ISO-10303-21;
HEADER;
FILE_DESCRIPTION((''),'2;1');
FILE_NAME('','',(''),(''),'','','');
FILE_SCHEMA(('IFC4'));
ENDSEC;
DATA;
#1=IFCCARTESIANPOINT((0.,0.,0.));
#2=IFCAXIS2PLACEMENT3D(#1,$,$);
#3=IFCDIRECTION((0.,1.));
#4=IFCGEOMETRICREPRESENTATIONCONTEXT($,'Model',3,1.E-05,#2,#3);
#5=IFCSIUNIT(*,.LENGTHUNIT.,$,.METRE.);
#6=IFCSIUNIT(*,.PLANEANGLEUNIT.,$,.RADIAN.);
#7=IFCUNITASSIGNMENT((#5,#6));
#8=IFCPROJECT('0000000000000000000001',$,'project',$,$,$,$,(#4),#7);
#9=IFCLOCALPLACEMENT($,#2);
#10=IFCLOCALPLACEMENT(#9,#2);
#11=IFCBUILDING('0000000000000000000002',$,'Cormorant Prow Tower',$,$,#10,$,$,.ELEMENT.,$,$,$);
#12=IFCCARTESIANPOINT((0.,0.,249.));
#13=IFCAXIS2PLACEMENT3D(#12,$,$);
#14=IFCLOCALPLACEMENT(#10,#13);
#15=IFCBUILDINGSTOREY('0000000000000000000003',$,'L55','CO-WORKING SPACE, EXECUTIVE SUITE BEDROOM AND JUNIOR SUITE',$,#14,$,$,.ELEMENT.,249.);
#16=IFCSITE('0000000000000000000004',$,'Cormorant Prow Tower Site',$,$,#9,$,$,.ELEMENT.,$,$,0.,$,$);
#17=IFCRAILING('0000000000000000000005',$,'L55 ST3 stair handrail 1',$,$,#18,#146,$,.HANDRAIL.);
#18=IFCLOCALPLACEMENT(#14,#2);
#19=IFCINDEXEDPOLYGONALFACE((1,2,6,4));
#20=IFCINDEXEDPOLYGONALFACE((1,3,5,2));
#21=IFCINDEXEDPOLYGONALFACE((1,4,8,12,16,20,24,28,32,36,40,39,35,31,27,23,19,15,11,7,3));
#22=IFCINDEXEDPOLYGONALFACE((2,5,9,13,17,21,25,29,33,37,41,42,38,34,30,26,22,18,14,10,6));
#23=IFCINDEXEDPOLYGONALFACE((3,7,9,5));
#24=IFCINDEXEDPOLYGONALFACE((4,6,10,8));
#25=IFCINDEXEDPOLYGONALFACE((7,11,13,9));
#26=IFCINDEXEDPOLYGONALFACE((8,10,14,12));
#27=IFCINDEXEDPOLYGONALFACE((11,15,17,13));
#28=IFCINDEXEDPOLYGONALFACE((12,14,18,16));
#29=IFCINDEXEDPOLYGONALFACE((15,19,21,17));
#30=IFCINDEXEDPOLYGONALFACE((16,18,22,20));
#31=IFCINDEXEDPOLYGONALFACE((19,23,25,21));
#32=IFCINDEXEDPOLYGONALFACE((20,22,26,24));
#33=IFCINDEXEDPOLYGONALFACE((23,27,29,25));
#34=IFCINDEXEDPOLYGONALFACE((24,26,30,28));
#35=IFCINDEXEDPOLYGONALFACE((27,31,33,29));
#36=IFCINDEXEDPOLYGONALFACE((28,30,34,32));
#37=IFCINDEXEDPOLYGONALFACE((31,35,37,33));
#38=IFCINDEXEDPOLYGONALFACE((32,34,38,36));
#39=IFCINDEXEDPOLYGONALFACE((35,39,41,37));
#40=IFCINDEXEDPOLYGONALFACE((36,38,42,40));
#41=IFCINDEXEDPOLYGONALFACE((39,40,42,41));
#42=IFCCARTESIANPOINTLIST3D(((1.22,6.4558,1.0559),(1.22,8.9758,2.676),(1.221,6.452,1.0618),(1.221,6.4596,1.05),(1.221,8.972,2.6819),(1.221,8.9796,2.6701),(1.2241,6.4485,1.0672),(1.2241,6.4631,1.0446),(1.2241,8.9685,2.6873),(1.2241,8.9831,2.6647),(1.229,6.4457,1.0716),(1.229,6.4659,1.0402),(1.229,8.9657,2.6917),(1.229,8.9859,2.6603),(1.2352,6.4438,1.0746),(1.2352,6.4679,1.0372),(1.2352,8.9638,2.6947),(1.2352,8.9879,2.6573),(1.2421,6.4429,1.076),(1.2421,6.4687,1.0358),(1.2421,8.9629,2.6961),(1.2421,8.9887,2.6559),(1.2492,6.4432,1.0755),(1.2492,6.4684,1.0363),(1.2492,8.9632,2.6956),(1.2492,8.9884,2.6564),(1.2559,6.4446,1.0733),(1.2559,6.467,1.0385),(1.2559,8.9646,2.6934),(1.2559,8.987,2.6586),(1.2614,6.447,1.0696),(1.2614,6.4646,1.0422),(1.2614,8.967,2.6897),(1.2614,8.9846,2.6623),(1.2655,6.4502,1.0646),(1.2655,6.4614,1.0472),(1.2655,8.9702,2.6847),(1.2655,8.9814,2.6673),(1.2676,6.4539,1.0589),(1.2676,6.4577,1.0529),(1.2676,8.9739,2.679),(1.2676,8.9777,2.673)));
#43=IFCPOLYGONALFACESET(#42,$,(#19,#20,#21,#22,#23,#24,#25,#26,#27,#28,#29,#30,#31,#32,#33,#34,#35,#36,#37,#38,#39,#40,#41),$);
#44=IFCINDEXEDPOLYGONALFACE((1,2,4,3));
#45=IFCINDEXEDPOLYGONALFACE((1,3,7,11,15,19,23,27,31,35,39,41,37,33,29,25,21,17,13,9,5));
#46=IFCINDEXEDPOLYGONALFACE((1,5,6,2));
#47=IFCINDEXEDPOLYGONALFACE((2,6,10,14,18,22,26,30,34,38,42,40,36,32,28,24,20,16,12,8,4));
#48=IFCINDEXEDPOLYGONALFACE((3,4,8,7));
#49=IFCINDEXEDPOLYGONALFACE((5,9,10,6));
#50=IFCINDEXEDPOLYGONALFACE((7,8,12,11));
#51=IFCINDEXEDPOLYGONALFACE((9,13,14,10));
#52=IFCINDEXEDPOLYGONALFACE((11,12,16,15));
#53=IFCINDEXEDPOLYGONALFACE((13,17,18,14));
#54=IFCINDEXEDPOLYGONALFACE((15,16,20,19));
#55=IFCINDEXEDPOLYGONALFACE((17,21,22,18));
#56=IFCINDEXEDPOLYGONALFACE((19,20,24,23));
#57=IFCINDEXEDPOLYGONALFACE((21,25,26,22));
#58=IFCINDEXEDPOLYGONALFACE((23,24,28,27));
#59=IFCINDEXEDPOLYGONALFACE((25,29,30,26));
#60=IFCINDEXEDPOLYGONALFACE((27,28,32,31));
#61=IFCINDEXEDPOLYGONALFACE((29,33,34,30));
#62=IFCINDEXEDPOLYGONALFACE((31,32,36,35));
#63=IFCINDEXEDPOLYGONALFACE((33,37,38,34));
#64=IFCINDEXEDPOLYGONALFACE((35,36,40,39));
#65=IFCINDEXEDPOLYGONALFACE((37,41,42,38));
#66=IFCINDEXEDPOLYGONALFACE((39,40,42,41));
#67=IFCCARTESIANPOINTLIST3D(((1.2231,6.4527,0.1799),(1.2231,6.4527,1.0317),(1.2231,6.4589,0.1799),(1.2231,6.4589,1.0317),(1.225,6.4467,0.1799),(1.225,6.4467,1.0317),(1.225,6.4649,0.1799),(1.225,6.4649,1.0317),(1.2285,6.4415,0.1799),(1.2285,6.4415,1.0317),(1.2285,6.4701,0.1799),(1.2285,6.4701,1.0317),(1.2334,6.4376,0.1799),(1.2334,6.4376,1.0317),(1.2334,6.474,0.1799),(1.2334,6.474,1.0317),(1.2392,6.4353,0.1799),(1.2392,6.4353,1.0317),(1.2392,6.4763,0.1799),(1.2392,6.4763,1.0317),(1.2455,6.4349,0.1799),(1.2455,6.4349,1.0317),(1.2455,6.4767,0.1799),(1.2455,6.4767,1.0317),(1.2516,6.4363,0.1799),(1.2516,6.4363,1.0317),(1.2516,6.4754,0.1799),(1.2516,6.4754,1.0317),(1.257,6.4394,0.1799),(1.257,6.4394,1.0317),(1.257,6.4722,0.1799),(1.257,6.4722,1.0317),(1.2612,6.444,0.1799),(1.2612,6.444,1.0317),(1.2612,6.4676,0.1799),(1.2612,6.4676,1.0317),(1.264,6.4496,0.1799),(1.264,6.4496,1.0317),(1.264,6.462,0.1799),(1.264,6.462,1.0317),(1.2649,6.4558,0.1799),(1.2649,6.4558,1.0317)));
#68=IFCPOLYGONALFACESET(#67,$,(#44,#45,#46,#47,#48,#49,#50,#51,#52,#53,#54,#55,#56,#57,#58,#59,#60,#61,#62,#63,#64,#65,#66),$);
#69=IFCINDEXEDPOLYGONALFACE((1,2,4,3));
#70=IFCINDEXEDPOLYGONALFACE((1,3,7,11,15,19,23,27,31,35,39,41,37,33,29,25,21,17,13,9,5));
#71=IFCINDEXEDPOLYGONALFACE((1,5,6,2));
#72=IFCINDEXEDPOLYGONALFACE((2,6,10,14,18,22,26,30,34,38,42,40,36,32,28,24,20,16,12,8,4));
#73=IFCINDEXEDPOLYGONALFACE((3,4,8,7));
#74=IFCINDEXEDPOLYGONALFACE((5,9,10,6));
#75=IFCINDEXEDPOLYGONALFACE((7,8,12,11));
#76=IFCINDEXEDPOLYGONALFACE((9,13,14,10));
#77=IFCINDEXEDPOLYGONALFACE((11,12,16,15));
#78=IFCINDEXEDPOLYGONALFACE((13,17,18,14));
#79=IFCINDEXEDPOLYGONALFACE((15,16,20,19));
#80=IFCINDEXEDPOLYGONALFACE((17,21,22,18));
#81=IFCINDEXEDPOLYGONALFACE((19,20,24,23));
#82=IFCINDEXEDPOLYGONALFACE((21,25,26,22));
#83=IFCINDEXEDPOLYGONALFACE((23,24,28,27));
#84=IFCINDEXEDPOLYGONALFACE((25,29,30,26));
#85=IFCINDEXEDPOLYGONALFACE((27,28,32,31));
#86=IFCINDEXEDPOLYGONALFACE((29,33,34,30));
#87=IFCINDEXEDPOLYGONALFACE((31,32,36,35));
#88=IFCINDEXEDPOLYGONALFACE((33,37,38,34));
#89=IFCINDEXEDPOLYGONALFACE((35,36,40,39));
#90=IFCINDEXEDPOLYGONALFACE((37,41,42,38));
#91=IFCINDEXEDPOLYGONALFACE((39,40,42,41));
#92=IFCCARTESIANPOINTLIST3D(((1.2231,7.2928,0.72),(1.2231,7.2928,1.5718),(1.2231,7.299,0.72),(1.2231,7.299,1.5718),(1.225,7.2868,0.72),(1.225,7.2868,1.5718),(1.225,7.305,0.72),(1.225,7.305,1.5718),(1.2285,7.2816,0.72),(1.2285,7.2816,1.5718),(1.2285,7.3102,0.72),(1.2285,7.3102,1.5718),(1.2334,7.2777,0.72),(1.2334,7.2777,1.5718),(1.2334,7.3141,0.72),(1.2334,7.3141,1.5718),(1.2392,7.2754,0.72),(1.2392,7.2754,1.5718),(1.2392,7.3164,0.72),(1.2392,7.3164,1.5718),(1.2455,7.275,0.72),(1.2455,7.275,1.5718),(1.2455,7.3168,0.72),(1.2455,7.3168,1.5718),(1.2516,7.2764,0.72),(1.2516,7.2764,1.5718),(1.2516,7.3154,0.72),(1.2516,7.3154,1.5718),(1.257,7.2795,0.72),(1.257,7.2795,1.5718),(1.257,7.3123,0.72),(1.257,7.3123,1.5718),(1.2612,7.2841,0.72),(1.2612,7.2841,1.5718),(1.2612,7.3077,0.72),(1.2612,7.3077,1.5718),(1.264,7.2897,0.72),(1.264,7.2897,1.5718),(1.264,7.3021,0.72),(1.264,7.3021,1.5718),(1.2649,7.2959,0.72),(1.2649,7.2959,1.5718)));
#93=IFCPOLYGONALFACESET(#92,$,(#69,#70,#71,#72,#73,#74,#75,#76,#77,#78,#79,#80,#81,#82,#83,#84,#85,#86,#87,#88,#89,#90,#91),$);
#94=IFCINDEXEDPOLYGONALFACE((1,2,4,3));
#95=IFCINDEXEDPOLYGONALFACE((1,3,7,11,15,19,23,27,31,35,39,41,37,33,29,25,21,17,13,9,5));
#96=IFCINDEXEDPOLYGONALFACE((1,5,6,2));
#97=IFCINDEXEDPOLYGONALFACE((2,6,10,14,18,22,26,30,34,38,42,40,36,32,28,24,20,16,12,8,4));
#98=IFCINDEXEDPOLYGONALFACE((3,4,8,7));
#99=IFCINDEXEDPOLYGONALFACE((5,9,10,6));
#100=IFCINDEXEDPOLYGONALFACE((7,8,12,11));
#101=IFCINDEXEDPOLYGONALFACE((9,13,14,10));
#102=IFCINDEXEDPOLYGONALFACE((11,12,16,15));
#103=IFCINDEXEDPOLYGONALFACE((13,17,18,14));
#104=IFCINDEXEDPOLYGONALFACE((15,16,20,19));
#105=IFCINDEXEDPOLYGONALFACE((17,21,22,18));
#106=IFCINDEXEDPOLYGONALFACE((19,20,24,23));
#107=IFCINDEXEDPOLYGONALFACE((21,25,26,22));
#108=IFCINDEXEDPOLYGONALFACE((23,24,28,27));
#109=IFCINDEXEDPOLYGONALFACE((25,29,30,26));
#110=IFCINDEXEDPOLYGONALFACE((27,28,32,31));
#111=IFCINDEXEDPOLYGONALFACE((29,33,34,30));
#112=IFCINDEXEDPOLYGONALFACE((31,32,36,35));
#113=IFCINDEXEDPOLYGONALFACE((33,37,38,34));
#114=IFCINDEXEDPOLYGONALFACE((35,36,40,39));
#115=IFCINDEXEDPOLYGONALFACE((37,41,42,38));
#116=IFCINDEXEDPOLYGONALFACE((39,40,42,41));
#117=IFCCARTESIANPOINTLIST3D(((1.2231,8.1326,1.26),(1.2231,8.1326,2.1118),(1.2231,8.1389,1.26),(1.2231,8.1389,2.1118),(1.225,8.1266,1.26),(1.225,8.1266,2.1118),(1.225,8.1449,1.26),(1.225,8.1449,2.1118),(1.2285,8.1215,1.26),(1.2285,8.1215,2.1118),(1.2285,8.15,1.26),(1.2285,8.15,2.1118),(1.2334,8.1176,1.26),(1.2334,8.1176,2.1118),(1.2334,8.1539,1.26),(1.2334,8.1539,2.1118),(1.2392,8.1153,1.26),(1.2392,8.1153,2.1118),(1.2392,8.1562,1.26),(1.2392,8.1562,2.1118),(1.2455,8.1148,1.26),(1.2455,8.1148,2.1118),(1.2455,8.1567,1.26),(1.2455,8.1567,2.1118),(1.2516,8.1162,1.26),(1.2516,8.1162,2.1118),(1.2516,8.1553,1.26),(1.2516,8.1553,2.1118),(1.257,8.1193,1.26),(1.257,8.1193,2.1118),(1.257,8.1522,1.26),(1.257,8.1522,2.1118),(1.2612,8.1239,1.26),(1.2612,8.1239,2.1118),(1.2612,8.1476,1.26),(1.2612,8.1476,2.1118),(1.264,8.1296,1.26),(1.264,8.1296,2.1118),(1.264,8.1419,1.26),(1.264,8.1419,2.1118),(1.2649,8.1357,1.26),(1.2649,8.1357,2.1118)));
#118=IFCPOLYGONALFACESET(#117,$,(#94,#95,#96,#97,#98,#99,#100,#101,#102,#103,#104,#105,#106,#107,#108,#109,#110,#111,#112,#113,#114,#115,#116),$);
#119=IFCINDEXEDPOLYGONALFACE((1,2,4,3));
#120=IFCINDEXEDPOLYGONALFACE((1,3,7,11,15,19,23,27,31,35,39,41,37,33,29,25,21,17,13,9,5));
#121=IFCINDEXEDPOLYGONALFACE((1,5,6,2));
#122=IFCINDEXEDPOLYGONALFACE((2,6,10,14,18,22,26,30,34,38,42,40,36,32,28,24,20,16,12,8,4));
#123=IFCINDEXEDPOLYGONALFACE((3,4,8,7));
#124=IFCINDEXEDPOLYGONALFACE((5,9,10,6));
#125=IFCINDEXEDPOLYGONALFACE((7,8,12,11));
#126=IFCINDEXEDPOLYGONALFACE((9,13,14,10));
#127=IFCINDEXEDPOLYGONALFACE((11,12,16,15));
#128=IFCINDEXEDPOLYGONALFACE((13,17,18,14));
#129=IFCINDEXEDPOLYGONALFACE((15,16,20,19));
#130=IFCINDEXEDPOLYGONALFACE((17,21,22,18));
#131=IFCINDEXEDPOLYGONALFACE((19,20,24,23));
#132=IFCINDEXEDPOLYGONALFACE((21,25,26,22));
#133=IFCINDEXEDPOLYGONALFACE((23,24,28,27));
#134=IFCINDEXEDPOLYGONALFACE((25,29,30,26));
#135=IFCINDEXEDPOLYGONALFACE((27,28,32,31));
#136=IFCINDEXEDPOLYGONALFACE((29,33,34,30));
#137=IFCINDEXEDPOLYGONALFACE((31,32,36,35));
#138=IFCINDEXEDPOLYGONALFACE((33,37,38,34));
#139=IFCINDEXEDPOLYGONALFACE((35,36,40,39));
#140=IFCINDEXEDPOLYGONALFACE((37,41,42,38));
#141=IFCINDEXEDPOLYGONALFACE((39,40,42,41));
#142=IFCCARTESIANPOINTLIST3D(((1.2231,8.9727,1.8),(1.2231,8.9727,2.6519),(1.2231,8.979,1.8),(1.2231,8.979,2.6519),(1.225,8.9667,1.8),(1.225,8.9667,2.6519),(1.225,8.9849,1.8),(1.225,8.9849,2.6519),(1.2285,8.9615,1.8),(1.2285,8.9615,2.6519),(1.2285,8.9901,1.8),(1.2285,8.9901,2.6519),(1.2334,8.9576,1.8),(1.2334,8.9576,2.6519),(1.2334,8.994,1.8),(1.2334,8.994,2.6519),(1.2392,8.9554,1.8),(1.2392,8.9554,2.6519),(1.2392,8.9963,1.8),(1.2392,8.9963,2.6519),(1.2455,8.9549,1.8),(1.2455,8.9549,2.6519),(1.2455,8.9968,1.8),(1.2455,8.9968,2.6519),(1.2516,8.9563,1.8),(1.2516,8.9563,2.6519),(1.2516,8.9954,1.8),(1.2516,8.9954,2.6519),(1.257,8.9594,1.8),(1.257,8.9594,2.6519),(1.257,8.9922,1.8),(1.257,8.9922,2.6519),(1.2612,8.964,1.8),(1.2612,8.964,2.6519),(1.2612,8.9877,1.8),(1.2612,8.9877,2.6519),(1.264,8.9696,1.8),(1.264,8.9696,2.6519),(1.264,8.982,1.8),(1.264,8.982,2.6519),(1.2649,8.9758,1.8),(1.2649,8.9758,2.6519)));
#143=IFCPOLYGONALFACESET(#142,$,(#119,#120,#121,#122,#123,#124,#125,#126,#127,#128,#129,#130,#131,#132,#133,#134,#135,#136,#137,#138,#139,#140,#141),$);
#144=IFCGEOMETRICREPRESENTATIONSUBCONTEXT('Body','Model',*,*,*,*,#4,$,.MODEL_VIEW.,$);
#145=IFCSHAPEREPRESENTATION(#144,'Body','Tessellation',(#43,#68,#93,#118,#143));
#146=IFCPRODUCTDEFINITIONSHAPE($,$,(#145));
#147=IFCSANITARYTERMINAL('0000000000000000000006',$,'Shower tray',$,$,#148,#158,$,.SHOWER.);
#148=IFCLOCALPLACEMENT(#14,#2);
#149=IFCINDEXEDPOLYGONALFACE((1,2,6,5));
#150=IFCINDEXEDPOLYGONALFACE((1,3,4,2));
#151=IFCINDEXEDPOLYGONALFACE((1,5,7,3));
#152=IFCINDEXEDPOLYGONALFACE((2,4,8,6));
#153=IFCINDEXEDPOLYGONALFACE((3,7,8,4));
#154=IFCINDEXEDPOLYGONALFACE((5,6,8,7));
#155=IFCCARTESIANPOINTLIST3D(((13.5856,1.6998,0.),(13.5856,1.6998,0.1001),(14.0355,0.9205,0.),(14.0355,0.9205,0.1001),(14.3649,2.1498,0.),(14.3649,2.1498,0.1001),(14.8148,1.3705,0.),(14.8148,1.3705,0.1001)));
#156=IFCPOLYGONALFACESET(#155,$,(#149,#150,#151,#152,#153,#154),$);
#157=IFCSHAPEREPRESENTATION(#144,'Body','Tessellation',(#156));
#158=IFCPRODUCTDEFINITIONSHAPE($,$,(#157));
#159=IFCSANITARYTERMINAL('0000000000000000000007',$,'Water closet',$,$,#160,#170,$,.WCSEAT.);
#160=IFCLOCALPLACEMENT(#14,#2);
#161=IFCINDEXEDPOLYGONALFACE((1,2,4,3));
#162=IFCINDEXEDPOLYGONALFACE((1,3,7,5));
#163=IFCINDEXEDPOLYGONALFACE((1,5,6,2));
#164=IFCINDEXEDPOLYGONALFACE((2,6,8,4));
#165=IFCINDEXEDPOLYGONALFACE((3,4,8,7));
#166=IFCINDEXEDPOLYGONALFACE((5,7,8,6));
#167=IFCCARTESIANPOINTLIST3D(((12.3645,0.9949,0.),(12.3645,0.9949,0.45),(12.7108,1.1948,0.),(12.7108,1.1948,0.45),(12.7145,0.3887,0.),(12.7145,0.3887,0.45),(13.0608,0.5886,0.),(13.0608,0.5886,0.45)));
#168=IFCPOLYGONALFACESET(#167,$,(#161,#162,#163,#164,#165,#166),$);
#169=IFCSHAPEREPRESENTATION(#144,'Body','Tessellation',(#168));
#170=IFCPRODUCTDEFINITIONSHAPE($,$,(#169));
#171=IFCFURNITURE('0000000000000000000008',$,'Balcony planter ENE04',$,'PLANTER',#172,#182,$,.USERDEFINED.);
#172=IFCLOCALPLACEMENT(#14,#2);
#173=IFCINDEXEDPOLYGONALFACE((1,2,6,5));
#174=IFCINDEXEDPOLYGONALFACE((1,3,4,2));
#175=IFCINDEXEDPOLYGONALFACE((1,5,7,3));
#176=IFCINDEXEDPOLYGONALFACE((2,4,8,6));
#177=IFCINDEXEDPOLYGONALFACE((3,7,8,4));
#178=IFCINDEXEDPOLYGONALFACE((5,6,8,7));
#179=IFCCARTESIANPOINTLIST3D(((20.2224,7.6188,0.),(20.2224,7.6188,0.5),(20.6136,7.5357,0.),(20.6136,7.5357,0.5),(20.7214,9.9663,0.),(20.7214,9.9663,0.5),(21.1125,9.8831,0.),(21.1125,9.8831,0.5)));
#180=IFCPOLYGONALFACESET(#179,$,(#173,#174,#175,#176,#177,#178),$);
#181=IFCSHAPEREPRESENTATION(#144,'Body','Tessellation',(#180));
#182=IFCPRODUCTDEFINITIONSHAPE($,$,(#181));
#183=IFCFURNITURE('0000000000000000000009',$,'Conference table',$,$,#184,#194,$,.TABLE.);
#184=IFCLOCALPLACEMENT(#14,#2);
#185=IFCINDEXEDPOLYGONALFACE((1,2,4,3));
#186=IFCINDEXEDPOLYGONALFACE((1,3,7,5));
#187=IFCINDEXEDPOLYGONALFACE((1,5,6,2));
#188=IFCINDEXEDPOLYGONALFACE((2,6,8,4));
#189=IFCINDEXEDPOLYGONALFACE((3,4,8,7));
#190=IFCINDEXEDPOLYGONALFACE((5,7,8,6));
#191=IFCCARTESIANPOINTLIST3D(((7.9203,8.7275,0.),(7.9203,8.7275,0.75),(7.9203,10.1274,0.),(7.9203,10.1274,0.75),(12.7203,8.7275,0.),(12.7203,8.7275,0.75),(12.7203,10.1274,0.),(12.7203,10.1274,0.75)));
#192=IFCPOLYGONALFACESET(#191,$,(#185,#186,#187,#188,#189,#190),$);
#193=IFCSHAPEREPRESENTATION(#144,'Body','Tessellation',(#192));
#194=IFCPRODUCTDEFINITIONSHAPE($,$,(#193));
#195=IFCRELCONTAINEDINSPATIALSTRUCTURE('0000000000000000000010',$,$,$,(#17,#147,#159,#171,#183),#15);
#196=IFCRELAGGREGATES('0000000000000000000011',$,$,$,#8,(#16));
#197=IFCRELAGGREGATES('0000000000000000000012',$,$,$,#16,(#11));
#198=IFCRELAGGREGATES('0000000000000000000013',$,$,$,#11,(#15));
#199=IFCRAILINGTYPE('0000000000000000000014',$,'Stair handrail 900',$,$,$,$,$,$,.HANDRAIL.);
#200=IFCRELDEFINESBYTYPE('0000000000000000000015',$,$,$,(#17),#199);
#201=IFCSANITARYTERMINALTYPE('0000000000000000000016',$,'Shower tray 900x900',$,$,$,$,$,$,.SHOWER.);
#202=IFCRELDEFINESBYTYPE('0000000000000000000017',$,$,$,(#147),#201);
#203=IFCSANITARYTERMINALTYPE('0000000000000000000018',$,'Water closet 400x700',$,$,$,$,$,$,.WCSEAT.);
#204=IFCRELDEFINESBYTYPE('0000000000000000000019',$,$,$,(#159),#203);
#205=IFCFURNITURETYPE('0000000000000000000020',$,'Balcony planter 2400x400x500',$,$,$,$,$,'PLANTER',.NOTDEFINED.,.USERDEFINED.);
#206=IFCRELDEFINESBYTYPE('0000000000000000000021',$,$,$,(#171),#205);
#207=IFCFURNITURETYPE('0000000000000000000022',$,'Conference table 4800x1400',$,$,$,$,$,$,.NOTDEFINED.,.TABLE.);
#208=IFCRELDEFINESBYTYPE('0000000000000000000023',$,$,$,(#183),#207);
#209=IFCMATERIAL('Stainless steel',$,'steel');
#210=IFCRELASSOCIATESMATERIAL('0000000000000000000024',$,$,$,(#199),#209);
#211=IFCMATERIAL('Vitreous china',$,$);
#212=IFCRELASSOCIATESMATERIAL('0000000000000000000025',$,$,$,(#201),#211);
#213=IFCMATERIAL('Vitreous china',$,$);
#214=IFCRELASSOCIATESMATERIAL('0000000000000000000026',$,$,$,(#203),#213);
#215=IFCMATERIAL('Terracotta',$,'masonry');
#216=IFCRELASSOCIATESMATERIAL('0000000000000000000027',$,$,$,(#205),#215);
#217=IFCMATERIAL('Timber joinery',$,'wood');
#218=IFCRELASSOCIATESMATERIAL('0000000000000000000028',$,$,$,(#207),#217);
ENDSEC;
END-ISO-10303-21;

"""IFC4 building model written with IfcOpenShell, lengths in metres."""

from ifc_helpers import new_model, si_unit, direction, frame, origin, origin_2d, place, context, subcontext, project, spatial, rectangle, circle, extrude, material, type_object, element, save


model = new_model("IFC4")

# Units and contexts
model_context = context("Model", 3, precision=1e-05, world=origin(), true_north=direction((0.0, 1.0)))
body_context = subcontext(model_context, "Body", "Model", "MODEL_VIEW")
ifc_project = project(units=[si_unit("LENGTHUNIT", "METRE"), si_unit("PLANEANGLEUNIT", "RADIAN")], contexts=[model_context])

# Site, building, storey
site_placement = place(None, origin())
site = spatial("IfcSite", under=ifc_project, at=site_placement, Name="Cormorant Prow Tower Site", CompositionType="ELEMENT", RefElevation=0.0)
building_placement = place(site_placement, origin())
building = spatial("IfcBuilding", under=site, at=building_placement, Name="Cormorant Prow Tower", CompositionType="ELEMENT")
storey_placement = place(building_placement, frame((0.0, 0.0, 249.0)))
storey = spatial("IfcBuildingStorey", under=building, at=storey_placement, Name="L55", Description="CO-WORKING SPACE, EXECUTIVE SUITE BEDROOM AND JUNIOR SUITE", CompositionType="ELEMENT", Elevation=249.0)

# Railing
ifc_material_1 = material(Name="Stainless steel", Category="steel")
railing_type_1 = type_object("IfcRailingType", Name="Stair handrail 900", PredefinedType="HANDRAIL", material=ifc_material_1)
railing_1_placement = place(storey_placement, frame((1.2439, 6.4558, 0.1799)))
element("IfcRailing", 1, at=railing_1_placement, inside=storey, type_object=railing_type_1, Name="L55 ST3 stair handrail 1", PredefinedType="HANDRAIL", context=body_context, shape_type="SweptSolid", body=[
    extrude(circle(Radius=0.0239, at=origin_2d()), frame((0.0, 0.0, 0.876), z_axis=(0.0, 0.841163, 0.540782), x_axis=(-1.0, 0.0, 0.0)), (0.0, 0.0, 1.0), 2.9958),
    extrude(circle(Radius=0.021, at=origin_2d()), origin(), (0.0, 0.0, 1.0), 0.8518),
    extrude(circle(Radius=0.021, at=origin_2d()), frame((0.0, 0.8401, 0.54)), (0.0, 0.0, 1.0), 0.8518),
    extrude(circle(Radius=0.021, at=origin_2d()), frame((0.0, 1.6799, 1.0801)), (0.0, 0.0, 1.0), 0.8518),
    extrude(circle(Radius=0.021, at=origin_2d()), frame((0.0, 2.52, 1.6201)), (0.0, 0.0, 1.0), 0.8518),
])

# Sanitary terminals
ifc_material_2 = material(Name="Vitreous china")
sanitary_terminal_type_1 = type_object("IfcSanitaryTerminalType", Name="Shower tray 900x900", PredefinedType="SHOWER", material=ifc_material_2)
sanitary_terminal_1_placement = place(storey_placement, frame((14.2002, 1.5352, 0.0), z_axis=(0.0, 0.0, 1.0), x_axis=(0.5, -0.866025, 0.0)))
element("IfcSanitaryTerminal", 2, at=sanitary_terminal_1_placement, inside=storey, type_object=sanitary_terminal_type_1, Name="Shower tray", PredefinedType="SHOWER", context=body_context, shape_type="SweptSolid", body=[
    extrude(rectangle(XDim=0.8999, YDim=0.8999, at=origin_2d()), origin(), (0.0, 0.0, 1.0), 0.1001),
])
ifc_material_3 = material(Name="Vitreous china")
sanitary_terminal_type_2 = type_object("IfcSanitaryTerminalType", Name="Water closet 400x700", PredefinedType="WCSEAT", material=ifc_material_3)
sanitary_terminal_2_placement = place(storey_placement, frame((12.7126, 0.7917, 0.0), z_axis=(0.0, 0.0, 1.0), x_axis=(0.866025, 0.5, 0.0)))
element("IfcSanitaryTerminal", 3, at=sanitary_terminal_2_placement, inside=storey, type_object=sanitary_terminal_type_2, Name="Water closet", PredefinedType="WCSEAT", context=body_context, shape_type="SweptSolid", body=[
    extrude(rectangle(XDim=0.3999, YDim=0.7, at=origin_2d()), origin(), (0.0, 0.0, 1.0), 0.45),
])

# Furniture
ifc_material_4 = material(Name="Terracotta", Category="masonry")
furniture_type_1 = type_object("IfcFurnitureType", Name="Balcony planter 2400x400x500", ElementType="PLANTER", AssemblyPlace="NOTDEFINED", PredefinedType="USERDEFINED", material=ifc_material_4)
furniture_1_placement = place(storey_placement, frame((20.6675, 8.751, 0.0), z_axis=(0.0, 0.0, 1.0), x_axis=(0.207912, 0.978148, 0.0)))
element("IfcFurniture", 4, at=furniture_1_placement, inside=storey, type_object=furniture_type_1, Name="Balcony planter ENE04", ObjectType="PLANTER", PredefinedType="USERDEFINED", context=body_context, shape_type="SweptSolid", body=[
    extrude(rectangle(XDim=2.3999, YDim=0.3999, at=origin_2d()), origin(), (0.0, 0.0, 1.0), 0.5),
])
ifc_material_5 = material(Name="Timber joinery", Category="wood")
furniture_type_2 = type_object("IfcFurnitureType", Name="Conference table 4800x1400", AssemblyPlace="NOTDEFINED", PredefinedType="TABLE", material=ifc_material_5)
furniture_2_placement = place(storey_placement, frame((10.3203, 9.4275, 0.0), z_axis=(0.0, 0.0, 1.0), x_axis=(1.0, 0.0, 0.0)))
element("IfcFurniture", 5, at=furniture_2_placement, inside=storey, type_object=furniture_type_2, Name="Conference table", PredefinedType="TABLE", context=body_context, shape_type="SweptSolid", body=[
    extrude(rectangle(XDim=4.8, YDim=1.3999, at=origin_2d()), origin(), (0.0, 0.0, 1.0), 0.75),
])

save(model, "model.ifc")
